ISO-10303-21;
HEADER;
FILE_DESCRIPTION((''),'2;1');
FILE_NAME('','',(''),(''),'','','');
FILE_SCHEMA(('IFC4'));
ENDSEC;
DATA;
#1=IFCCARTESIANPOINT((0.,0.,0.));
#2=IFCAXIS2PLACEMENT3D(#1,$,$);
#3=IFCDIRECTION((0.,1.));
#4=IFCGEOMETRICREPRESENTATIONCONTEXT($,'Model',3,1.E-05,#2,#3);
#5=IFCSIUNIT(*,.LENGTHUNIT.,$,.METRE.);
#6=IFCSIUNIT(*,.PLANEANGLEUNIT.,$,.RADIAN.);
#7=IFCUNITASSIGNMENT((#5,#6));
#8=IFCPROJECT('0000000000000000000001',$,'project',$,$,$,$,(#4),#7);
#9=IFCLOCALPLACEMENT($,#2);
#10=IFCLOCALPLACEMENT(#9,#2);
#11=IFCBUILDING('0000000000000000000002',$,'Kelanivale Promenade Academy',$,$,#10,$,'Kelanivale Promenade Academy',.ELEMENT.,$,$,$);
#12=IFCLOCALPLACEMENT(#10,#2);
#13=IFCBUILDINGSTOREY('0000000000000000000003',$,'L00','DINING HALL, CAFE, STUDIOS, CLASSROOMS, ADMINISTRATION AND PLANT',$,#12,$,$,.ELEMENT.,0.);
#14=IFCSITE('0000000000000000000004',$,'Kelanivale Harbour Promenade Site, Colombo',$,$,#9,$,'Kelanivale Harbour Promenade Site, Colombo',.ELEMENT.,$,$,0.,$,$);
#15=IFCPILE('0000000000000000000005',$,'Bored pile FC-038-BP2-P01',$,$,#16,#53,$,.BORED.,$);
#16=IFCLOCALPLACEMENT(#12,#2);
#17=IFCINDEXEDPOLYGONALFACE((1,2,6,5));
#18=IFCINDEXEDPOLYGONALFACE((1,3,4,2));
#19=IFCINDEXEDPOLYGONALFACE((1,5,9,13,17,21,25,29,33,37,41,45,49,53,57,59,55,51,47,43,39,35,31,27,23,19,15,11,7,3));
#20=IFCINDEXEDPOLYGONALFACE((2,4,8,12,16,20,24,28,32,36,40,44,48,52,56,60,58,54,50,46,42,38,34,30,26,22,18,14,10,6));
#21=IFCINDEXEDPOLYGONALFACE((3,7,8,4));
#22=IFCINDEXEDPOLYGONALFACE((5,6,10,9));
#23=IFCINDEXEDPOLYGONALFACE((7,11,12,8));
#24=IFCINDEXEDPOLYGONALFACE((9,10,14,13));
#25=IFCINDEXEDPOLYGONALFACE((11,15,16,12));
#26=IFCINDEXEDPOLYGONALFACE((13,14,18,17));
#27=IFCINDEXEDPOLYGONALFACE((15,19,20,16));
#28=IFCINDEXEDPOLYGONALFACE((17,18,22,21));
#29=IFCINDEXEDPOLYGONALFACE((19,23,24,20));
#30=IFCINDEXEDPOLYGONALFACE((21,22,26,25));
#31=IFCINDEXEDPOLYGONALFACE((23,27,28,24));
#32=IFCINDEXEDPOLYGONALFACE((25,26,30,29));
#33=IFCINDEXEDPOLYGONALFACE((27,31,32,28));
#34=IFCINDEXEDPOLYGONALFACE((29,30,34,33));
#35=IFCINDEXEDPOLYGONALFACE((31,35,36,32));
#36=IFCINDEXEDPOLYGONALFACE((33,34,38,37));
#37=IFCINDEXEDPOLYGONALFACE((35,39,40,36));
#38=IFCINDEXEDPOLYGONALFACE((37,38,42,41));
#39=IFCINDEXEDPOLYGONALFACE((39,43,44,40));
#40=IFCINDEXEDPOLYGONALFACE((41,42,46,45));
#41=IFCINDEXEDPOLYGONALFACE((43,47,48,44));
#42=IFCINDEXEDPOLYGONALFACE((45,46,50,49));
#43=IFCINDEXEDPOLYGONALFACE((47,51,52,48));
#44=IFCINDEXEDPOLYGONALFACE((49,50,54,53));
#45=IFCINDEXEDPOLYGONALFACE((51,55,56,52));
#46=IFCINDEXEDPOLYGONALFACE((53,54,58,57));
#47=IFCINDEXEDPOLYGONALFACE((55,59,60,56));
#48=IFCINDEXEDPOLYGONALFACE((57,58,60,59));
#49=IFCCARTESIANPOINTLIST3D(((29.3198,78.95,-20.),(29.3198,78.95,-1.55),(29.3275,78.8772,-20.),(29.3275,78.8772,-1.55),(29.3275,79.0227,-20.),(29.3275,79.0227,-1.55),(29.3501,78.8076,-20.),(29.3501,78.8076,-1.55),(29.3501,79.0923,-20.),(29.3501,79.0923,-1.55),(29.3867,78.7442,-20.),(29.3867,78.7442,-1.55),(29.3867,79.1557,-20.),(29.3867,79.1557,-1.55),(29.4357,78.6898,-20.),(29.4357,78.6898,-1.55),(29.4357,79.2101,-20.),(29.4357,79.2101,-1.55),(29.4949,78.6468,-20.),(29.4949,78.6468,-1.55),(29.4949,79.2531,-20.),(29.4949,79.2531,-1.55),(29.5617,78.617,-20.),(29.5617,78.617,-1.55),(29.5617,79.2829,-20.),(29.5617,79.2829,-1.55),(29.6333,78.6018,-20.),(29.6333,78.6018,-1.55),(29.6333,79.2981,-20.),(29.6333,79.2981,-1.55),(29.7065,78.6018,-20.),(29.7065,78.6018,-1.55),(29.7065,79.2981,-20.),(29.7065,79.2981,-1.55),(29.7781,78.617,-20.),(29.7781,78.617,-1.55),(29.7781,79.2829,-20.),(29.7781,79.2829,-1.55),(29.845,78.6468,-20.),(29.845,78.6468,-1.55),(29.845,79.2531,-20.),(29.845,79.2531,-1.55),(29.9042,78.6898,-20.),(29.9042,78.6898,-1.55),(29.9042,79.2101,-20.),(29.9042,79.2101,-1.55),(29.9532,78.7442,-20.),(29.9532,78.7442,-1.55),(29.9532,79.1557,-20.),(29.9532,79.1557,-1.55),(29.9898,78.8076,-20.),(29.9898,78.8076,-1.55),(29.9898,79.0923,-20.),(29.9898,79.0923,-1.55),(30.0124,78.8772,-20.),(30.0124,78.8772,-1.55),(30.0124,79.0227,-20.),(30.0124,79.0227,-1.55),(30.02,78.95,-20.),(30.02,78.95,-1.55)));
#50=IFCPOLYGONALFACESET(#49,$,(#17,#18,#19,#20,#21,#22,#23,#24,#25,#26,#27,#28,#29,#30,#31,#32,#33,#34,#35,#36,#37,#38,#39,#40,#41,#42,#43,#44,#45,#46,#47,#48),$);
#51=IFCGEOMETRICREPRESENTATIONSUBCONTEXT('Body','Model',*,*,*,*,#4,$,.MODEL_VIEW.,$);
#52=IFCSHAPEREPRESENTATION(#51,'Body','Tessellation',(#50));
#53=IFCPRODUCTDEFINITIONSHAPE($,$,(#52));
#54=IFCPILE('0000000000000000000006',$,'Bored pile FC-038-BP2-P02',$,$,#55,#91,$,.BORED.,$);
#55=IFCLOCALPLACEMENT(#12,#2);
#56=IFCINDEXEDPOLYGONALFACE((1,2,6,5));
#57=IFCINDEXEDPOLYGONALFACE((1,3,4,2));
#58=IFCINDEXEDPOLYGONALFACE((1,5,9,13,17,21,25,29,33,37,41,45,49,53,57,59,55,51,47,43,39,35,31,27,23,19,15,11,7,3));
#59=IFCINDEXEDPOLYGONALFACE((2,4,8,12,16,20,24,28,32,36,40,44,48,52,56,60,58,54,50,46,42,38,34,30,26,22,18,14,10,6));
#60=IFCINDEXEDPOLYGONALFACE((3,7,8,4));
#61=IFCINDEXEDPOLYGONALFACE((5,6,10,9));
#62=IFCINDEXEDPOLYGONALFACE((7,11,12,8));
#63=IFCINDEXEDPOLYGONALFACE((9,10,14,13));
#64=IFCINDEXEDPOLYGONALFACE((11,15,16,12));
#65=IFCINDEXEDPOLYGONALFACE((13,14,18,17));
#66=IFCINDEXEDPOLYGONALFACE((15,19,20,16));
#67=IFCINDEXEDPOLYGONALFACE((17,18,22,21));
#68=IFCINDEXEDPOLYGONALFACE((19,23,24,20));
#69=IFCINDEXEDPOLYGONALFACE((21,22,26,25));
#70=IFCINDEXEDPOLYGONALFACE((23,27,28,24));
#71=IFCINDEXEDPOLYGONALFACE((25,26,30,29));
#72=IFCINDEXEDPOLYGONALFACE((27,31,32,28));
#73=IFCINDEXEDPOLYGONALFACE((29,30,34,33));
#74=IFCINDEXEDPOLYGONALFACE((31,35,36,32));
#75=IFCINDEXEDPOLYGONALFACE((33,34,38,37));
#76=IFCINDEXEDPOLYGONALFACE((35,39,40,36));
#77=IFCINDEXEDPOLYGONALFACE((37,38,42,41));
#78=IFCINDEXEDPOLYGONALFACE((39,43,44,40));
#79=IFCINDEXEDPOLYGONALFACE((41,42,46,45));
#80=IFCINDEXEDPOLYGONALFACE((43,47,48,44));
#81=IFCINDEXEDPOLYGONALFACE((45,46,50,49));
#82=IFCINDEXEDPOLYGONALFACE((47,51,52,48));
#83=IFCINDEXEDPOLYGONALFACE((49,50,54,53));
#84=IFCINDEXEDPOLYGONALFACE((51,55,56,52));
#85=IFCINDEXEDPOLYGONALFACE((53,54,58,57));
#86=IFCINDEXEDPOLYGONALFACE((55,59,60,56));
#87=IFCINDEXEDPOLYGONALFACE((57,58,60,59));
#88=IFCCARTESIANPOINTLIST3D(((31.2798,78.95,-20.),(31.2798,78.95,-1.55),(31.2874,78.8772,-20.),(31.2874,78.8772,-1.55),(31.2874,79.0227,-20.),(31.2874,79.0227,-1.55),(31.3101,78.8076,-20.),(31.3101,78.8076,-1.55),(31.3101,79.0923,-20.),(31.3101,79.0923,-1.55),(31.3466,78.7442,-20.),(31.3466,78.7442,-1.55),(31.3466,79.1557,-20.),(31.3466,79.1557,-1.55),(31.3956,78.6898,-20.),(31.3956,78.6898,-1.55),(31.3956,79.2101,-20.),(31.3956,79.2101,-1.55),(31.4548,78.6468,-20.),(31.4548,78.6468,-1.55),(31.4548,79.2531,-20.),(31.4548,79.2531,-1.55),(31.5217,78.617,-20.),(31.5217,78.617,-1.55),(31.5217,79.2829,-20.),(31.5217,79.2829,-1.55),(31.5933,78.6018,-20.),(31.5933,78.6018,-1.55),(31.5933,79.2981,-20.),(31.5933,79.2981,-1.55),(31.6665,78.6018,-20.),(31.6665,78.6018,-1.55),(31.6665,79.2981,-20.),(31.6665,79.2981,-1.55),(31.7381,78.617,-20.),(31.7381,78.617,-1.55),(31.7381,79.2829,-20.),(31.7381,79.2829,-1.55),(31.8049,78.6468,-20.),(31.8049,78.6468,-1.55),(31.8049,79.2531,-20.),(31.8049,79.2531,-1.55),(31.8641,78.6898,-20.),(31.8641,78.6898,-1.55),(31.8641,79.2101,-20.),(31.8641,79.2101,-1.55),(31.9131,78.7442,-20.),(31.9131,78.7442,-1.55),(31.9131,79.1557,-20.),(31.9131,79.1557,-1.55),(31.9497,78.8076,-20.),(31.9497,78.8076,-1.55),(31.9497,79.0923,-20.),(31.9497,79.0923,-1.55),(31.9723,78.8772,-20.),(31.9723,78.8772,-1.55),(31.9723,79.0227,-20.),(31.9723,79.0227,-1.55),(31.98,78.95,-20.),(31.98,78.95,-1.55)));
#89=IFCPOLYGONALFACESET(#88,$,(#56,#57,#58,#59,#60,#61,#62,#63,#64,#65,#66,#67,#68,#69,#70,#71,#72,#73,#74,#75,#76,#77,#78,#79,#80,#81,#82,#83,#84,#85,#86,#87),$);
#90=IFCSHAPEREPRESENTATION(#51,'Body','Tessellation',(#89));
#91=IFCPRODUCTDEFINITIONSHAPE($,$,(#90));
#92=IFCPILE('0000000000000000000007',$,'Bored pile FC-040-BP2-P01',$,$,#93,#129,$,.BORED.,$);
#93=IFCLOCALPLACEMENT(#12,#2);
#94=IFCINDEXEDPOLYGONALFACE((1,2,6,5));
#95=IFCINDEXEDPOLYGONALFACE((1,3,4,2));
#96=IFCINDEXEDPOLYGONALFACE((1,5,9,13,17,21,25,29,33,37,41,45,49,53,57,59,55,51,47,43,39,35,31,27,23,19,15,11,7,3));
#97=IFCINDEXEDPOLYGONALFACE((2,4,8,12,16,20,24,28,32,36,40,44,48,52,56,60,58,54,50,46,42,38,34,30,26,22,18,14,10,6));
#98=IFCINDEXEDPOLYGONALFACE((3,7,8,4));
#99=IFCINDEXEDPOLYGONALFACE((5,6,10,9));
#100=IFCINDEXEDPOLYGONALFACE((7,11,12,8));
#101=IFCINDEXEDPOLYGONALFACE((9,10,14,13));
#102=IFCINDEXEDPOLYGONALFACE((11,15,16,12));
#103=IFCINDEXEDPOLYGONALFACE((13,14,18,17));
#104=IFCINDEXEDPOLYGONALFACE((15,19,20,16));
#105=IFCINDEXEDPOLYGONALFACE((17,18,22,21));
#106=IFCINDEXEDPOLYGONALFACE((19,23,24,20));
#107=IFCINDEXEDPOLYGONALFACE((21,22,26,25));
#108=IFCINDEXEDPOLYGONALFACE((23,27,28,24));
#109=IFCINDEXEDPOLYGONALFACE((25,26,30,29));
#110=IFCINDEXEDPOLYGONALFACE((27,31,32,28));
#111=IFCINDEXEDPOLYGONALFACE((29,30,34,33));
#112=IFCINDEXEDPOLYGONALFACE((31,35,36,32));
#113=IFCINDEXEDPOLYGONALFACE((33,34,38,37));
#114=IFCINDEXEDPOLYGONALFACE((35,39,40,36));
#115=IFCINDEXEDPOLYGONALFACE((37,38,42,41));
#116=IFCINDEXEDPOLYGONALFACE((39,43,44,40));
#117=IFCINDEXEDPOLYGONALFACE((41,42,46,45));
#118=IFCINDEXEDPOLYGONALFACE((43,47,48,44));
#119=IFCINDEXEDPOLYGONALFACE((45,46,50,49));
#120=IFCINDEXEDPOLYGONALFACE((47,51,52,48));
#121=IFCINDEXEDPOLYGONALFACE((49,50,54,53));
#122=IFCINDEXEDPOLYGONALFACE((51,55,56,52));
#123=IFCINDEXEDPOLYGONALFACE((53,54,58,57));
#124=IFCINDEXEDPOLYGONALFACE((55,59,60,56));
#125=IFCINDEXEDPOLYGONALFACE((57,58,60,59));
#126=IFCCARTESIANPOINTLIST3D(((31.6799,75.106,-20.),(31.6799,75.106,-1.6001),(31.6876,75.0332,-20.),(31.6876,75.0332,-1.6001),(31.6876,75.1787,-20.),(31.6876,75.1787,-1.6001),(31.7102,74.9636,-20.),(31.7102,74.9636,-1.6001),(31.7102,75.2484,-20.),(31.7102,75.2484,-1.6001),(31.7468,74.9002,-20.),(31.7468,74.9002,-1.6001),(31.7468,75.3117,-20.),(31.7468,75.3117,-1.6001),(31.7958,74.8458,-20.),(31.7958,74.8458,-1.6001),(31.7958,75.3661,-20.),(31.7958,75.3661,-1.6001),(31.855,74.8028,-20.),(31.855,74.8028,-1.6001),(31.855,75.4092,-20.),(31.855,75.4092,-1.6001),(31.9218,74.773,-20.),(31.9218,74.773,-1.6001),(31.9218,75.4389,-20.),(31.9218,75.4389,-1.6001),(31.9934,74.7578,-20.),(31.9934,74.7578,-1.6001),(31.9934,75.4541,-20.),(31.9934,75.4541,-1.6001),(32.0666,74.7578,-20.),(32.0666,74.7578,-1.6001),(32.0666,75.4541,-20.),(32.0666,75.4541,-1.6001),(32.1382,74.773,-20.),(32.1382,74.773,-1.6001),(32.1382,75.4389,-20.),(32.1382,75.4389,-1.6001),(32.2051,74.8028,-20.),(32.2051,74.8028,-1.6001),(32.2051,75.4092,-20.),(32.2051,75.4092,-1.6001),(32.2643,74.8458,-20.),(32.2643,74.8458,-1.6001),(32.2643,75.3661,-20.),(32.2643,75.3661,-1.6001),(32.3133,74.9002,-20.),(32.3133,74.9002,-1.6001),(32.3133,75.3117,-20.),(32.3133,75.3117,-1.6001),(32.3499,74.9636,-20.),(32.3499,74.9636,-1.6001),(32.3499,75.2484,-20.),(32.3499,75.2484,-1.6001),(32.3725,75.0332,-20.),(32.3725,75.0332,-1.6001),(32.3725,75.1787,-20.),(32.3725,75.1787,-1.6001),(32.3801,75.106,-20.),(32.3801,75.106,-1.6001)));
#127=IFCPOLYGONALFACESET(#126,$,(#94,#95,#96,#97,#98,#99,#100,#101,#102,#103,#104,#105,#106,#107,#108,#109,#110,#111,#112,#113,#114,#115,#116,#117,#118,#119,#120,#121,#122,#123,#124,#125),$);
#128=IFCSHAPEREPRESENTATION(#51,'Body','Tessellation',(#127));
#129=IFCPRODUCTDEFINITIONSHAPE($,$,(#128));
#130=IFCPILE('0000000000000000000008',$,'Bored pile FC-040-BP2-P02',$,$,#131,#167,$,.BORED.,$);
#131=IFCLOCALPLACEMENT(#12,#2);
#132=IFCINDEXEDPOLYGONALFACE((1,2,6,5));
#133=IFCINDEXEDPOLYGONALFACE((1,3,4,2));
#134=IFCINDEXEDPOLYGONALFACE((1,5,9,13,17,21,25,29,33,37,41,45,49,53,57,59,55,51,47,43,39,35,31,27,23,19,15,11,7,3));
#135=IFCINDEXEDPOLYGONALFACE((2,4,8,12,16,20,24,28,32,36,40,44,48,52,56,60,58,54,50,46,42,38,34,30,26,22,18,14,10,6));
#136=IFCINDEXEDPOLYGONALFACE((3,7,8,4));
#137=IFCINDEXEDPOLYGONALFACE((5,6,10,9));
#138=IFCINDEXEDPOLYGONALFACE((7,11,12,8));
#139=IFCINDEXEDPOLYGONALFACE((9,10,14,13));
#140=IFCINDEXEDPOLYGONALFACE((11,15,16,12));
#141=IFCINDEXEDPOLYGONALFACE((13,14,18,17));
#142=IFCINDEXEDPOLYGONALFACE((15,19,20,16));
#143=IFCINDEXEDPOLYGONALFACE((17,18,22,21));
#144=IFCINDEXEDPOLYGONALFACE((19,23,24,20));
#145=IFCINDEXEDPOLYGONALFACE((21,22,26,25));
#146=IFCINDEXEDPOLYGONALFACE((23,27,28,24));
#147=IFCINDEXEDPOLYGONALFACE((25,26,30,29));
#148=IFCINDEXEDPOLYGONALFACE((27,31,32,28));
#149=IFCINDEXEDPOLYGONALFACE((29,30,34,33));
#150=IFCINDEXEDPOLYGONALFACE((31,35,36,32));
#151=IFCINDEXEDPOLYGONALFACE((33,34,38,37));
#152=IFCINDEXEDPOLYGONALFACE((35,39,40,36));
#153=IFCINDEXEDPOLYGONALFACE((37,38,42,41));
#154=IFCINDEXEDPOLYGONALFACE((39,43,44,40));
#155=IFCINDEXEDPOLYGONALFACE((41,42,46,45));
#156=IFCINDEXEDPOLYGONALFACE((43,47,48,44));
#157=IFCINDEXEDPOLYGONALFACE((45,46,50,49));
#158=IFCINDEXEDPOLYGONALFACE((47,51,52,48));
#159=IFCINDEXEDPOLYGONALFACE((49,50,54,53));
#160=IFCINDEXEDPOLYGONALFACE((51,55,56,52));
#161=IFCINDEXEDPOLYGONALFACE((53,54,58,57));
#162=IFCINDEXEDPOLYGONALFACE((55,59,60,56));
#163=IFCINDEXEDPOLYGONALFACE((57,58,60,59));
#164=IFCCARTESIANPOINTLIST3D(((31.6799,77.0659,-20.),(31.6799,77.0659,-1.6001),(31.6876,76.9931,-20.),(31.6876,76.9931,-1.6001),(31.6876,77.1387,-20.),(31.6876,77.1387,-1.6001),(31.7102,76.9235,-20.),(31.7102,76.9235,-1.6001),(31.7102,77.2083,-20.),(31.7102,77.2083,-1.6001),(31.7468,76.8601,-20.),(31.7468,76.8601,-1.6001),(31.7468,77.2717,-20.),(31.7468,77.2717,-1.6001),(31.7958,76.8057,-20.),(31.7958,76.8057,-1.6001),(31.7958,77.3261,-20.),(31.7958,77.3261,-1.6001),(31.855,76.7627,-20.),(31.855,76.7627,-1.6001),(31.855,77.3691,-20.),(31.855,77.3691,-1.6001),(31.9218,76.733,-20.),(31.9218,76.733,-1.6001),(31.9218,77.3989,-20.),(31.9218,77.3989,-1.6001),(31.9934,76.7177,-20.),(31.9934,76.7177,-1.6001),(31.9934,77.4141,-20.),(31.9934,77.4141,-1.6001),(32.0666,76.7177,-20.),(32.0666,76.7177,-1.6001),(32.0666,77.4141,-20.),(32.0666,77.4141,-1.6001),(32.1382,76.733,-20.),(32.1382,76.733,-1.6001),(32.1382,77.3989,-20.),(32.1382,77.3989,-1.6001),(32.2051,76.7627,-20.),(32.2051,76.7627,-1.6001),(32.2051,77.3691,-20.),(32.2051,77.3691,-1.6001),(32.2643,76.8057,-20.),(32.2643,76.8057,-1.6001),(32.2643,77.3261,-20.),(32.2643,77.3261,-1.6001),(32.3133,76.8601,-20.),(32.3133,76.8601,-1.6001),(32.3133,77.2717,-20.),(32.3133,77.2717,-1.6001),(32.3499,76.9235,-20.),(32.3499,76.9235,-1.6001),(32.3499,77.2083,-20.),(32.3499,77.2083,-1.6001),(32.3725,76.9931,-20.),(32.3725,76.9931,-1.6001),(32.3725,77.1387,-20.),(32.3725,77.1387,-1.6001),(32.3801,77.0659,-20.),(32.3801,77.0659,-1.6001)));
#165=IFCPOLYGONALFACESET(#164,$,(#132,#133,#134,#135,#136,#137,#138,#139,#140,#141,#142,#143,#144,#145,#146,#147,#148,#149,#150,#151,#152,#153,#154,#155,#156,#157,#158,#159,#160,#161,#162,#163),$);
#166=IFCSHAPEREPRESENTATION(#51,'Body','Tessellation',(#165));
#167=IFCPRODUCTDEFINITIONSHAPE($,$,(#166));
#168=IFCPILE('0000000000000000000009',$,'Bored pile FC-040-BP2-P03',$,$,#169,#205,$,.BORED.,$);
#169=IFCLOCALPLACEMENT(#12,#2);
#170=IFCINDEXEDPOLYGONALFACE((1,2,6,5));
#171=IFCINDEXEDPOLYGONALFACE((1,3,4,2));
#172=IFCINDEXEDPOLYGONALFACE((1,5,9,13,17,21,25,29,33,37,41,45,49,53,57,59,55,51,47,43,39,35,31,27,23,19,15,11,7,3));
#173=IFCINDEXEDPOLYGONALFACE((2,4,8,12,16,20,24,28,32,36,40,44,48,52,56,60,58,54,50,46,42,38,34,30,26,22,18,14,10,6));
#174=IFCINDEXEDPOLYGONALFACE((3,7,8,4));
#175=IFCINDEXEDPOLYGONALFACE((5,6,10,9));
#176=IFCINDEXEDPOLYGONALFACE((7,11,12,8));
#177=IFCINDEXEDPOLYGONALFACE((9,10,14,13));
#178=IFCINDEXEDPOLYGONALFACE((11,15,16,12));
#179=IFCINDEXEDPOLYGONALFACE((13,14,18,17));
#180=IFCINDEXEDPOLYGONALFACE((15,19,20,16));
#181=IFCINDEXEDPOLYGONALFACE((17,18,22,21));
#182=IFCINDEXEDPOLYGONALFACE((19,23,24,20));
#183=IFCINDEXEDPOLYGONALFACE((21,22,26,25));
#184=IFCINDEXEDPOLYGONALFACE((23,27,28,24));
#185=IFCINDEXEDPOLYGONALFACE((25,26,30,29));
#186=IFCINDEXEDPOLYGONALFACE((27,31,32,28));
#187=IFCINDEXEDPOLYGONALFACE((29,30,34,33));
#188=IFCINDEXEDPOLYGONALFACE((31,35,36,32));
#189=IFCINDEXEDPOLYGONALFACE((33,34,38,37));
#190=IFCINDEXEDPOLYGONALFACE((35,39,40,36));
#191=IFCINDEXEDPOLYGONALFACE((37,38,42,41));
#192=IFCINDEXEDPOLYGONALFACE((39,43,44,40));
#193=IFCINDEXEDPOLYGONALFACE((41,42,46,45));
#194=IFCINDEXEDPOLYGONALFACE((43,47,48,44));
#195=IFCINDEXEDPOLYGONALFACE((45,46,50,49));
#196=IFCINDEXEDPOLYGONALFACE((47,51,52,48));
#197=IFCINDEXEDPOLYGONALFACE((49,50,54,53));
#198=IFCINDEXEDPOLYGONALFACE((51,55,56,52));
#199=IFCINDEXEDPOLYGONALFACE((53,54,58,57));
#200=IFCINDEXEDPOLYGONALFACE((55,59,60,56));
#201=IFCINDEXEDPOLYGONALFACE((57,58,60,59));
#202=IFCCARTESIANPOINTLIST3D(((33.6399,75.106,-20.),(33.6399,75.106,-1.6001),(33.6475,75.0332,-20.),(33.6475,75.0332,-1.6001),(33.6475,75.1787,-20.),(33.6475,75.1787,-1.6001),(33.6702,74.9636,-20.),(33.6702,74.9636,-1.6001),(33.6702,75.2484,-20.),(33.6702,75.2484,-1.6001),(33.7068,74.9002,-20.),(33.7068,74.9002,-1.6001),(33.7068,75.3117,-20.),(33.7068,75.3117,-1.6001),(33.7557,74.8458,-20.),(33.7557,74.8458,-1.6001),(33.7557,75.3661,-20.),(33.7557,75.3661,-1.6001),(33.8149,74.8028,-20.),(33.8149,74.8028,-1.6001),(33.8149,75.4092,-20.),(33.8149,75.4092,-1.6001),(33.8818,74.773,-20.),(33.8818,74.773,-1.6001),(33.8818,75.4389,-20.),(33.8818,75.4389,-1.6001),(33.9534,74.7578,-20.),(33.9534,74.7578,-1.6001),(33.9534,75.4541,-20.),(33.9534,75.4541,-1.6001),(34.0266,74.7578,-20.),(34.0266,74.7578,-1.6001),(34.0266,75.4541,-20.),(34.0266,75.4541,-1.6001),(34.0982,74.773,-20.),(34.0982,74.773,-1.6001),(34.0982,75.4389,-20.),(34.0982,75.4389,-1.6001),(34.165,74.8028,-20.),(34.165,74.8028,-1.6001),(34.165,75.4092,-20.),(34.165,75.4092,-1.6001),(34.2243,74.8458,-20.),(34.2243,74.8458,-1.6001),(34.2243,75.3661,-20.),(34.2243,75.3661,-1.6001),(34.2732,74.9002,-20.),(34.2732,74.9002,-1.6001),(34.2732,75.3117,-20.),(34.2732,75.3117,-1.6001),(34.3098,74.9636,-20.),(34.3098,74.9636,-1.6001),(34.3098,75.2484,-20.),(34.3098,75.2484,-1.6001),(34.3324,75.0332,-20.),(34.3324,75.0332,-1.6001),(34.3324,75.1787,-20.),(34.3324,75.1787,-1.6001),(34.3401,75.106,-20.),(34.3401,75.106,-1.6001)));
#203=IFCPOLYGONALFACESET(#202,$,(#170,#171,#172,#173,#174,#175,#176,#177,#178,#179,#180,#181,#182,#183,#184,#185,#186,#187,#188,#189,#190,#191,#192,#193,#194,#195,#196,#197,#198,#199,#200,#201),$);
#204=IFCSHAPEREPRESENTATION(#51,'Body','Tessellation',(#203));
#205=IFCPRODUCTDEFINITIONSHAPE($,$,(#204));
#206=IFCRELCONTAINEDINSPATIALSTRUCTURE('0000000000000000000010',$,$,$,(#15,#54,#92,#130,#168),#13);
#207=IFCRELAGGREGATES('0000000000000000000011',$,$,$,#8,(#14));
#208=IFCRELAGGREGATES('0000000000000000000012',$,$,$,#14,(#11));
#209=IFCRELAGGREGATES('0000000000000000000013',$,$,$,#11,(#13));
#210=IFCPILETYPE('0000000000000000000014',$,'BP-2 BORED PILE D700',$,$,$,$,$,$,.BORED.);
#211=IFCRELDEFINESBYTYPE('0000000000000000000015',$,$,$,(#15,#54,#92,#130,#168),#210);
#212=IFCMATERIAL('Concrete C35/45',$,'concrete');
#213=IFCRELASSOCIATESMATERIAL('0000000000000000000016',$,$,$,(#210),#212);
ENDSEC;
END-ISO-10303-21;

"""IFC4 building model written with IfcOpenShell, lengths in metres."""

from ifc_helpers import new_model, si_unit, direction, frame, origin, origin_2d, place, context, subcontext, project, spatial, circle, extrude, material, material_profile, profile_set, type_object, element, save


model = new_model("IFC4")

# Units and contexts
model_context = context("Model", 3, precision=1e-05, world=origin(), true_north=direction((0.0, 1.0)))
body_context = subcontext(model_context, "Body", "Model", "MODEL_VIEW")
ifc_project = project(units=[si_unit("LENGTHUNIT", "METRE"), si_unit("PLANEANGLEUNIT", "RADIAN")], contexts=[model_context])

# Site, building, storey
site_placement = place(None, origin())
site = spatial("IfcSite", under=ifc_project, at=site_placement, Name="Kelanivale Harbour Promenade Site, Colombo", LongName="Kelanivale Harbour Promenade Site, Colombo", CompositionType="ELEMENT", RefElevation=0.0)
building_placement = place(site_placement, origin())
building = spatial("IfcBuilding", under=site, at=building_placement, Name="Kelanivale Promenade Academy", LongName="Kelanivale Promenade Academy", CompositionType="ELEMENT")
storey_placement = place(building_placement, origin())
storey = spatial("IfcBuildingStorey", under=building, at=storey_placement, Name="L00", Description="DINING HALL, CAFE, STUDIOS, CLASSROOMS, ADMINISTRATION AND PLANT", CompositionType="ELEMENT", Elevation=0.0)

# Piles
ifc_material_1 = material(Name="Concrete C35/45", Category="concrete")
ifc_material_profile_1 = material_profile(ifc_material_1, circle(Radius=0.3501, at=origin_2d()), Name="BORED PILE D700")
ifc_profile_set_1 = profile_set([ifc_material_profile_1], Name="Concrete C35/45")
pile_type_1 = type_object("IfcPileType", Name="BP-2 BORED PILE D700", PredefinedType="BORED", material=ifc_profile_set_1)
for number, where, z_axis, x_axis, name in (
    (1, (29.6699, 78.95, -1.55), (0.0, 0.0, -1.0), (1.0, 0.0, 0.0), "Bored pile FC-038-BP2-P01"),
    (2, (31.6299, 78.95, -1.55), (0.0, 0.0, -1.0), (1.0, 0.0, 0.0), "Bored pile FC-038-BP2-P02"),
):
    element("IfcPile", number, at=place(storey_placement, frame(where, z_axis=z_axis, x_axis=x_axis)), inside=storey, type_object=pile_type_1, Name=name, PredefinedType="BORED", context=body_context, shape_type="SweptSolid", body=[
        extrude(circle(Radius=0.3501, at=origin_2d()), origin(), (0.0, 0.0, 1.0), 18.45),
    ])
for number, where, z_axis, x_axis, name in (
    (3, (32.03, 75.106, -1.6001), (0.0, 0.0, -1.0), (1.0, 0.0, 0.0), "Bored pile FC-040-BP2-P01"),
    (4, (32.03, 77.0659, -1.6001), (0.0, 0.0, -1.0), (1.0, 0.0, 0.0), "Bored pile FC-040-BP2-P02"),
    (5, (33.99, 75.106, -1.6001), (0.0, 0.0, -1.0), (1.0, 0.0, 0.0), "Bored pile FC-040-BP2-P03"),
):
    element("IfcPile", number, at=place(storey_placement, frame(where, z_axis=z_axis, x_axis=x_axis)), inside=storey, type_object=pile_type_1, Name=name, PredefinedType="BORED", context=body_context, shape_type="SweptSolid", body=[
        extrude(circle(Radius=0.3501, at=origin_2d()), origin(), (0.0, 0.0, 1.0), 18.3999),
    ])

save(model, "model.ifc")
